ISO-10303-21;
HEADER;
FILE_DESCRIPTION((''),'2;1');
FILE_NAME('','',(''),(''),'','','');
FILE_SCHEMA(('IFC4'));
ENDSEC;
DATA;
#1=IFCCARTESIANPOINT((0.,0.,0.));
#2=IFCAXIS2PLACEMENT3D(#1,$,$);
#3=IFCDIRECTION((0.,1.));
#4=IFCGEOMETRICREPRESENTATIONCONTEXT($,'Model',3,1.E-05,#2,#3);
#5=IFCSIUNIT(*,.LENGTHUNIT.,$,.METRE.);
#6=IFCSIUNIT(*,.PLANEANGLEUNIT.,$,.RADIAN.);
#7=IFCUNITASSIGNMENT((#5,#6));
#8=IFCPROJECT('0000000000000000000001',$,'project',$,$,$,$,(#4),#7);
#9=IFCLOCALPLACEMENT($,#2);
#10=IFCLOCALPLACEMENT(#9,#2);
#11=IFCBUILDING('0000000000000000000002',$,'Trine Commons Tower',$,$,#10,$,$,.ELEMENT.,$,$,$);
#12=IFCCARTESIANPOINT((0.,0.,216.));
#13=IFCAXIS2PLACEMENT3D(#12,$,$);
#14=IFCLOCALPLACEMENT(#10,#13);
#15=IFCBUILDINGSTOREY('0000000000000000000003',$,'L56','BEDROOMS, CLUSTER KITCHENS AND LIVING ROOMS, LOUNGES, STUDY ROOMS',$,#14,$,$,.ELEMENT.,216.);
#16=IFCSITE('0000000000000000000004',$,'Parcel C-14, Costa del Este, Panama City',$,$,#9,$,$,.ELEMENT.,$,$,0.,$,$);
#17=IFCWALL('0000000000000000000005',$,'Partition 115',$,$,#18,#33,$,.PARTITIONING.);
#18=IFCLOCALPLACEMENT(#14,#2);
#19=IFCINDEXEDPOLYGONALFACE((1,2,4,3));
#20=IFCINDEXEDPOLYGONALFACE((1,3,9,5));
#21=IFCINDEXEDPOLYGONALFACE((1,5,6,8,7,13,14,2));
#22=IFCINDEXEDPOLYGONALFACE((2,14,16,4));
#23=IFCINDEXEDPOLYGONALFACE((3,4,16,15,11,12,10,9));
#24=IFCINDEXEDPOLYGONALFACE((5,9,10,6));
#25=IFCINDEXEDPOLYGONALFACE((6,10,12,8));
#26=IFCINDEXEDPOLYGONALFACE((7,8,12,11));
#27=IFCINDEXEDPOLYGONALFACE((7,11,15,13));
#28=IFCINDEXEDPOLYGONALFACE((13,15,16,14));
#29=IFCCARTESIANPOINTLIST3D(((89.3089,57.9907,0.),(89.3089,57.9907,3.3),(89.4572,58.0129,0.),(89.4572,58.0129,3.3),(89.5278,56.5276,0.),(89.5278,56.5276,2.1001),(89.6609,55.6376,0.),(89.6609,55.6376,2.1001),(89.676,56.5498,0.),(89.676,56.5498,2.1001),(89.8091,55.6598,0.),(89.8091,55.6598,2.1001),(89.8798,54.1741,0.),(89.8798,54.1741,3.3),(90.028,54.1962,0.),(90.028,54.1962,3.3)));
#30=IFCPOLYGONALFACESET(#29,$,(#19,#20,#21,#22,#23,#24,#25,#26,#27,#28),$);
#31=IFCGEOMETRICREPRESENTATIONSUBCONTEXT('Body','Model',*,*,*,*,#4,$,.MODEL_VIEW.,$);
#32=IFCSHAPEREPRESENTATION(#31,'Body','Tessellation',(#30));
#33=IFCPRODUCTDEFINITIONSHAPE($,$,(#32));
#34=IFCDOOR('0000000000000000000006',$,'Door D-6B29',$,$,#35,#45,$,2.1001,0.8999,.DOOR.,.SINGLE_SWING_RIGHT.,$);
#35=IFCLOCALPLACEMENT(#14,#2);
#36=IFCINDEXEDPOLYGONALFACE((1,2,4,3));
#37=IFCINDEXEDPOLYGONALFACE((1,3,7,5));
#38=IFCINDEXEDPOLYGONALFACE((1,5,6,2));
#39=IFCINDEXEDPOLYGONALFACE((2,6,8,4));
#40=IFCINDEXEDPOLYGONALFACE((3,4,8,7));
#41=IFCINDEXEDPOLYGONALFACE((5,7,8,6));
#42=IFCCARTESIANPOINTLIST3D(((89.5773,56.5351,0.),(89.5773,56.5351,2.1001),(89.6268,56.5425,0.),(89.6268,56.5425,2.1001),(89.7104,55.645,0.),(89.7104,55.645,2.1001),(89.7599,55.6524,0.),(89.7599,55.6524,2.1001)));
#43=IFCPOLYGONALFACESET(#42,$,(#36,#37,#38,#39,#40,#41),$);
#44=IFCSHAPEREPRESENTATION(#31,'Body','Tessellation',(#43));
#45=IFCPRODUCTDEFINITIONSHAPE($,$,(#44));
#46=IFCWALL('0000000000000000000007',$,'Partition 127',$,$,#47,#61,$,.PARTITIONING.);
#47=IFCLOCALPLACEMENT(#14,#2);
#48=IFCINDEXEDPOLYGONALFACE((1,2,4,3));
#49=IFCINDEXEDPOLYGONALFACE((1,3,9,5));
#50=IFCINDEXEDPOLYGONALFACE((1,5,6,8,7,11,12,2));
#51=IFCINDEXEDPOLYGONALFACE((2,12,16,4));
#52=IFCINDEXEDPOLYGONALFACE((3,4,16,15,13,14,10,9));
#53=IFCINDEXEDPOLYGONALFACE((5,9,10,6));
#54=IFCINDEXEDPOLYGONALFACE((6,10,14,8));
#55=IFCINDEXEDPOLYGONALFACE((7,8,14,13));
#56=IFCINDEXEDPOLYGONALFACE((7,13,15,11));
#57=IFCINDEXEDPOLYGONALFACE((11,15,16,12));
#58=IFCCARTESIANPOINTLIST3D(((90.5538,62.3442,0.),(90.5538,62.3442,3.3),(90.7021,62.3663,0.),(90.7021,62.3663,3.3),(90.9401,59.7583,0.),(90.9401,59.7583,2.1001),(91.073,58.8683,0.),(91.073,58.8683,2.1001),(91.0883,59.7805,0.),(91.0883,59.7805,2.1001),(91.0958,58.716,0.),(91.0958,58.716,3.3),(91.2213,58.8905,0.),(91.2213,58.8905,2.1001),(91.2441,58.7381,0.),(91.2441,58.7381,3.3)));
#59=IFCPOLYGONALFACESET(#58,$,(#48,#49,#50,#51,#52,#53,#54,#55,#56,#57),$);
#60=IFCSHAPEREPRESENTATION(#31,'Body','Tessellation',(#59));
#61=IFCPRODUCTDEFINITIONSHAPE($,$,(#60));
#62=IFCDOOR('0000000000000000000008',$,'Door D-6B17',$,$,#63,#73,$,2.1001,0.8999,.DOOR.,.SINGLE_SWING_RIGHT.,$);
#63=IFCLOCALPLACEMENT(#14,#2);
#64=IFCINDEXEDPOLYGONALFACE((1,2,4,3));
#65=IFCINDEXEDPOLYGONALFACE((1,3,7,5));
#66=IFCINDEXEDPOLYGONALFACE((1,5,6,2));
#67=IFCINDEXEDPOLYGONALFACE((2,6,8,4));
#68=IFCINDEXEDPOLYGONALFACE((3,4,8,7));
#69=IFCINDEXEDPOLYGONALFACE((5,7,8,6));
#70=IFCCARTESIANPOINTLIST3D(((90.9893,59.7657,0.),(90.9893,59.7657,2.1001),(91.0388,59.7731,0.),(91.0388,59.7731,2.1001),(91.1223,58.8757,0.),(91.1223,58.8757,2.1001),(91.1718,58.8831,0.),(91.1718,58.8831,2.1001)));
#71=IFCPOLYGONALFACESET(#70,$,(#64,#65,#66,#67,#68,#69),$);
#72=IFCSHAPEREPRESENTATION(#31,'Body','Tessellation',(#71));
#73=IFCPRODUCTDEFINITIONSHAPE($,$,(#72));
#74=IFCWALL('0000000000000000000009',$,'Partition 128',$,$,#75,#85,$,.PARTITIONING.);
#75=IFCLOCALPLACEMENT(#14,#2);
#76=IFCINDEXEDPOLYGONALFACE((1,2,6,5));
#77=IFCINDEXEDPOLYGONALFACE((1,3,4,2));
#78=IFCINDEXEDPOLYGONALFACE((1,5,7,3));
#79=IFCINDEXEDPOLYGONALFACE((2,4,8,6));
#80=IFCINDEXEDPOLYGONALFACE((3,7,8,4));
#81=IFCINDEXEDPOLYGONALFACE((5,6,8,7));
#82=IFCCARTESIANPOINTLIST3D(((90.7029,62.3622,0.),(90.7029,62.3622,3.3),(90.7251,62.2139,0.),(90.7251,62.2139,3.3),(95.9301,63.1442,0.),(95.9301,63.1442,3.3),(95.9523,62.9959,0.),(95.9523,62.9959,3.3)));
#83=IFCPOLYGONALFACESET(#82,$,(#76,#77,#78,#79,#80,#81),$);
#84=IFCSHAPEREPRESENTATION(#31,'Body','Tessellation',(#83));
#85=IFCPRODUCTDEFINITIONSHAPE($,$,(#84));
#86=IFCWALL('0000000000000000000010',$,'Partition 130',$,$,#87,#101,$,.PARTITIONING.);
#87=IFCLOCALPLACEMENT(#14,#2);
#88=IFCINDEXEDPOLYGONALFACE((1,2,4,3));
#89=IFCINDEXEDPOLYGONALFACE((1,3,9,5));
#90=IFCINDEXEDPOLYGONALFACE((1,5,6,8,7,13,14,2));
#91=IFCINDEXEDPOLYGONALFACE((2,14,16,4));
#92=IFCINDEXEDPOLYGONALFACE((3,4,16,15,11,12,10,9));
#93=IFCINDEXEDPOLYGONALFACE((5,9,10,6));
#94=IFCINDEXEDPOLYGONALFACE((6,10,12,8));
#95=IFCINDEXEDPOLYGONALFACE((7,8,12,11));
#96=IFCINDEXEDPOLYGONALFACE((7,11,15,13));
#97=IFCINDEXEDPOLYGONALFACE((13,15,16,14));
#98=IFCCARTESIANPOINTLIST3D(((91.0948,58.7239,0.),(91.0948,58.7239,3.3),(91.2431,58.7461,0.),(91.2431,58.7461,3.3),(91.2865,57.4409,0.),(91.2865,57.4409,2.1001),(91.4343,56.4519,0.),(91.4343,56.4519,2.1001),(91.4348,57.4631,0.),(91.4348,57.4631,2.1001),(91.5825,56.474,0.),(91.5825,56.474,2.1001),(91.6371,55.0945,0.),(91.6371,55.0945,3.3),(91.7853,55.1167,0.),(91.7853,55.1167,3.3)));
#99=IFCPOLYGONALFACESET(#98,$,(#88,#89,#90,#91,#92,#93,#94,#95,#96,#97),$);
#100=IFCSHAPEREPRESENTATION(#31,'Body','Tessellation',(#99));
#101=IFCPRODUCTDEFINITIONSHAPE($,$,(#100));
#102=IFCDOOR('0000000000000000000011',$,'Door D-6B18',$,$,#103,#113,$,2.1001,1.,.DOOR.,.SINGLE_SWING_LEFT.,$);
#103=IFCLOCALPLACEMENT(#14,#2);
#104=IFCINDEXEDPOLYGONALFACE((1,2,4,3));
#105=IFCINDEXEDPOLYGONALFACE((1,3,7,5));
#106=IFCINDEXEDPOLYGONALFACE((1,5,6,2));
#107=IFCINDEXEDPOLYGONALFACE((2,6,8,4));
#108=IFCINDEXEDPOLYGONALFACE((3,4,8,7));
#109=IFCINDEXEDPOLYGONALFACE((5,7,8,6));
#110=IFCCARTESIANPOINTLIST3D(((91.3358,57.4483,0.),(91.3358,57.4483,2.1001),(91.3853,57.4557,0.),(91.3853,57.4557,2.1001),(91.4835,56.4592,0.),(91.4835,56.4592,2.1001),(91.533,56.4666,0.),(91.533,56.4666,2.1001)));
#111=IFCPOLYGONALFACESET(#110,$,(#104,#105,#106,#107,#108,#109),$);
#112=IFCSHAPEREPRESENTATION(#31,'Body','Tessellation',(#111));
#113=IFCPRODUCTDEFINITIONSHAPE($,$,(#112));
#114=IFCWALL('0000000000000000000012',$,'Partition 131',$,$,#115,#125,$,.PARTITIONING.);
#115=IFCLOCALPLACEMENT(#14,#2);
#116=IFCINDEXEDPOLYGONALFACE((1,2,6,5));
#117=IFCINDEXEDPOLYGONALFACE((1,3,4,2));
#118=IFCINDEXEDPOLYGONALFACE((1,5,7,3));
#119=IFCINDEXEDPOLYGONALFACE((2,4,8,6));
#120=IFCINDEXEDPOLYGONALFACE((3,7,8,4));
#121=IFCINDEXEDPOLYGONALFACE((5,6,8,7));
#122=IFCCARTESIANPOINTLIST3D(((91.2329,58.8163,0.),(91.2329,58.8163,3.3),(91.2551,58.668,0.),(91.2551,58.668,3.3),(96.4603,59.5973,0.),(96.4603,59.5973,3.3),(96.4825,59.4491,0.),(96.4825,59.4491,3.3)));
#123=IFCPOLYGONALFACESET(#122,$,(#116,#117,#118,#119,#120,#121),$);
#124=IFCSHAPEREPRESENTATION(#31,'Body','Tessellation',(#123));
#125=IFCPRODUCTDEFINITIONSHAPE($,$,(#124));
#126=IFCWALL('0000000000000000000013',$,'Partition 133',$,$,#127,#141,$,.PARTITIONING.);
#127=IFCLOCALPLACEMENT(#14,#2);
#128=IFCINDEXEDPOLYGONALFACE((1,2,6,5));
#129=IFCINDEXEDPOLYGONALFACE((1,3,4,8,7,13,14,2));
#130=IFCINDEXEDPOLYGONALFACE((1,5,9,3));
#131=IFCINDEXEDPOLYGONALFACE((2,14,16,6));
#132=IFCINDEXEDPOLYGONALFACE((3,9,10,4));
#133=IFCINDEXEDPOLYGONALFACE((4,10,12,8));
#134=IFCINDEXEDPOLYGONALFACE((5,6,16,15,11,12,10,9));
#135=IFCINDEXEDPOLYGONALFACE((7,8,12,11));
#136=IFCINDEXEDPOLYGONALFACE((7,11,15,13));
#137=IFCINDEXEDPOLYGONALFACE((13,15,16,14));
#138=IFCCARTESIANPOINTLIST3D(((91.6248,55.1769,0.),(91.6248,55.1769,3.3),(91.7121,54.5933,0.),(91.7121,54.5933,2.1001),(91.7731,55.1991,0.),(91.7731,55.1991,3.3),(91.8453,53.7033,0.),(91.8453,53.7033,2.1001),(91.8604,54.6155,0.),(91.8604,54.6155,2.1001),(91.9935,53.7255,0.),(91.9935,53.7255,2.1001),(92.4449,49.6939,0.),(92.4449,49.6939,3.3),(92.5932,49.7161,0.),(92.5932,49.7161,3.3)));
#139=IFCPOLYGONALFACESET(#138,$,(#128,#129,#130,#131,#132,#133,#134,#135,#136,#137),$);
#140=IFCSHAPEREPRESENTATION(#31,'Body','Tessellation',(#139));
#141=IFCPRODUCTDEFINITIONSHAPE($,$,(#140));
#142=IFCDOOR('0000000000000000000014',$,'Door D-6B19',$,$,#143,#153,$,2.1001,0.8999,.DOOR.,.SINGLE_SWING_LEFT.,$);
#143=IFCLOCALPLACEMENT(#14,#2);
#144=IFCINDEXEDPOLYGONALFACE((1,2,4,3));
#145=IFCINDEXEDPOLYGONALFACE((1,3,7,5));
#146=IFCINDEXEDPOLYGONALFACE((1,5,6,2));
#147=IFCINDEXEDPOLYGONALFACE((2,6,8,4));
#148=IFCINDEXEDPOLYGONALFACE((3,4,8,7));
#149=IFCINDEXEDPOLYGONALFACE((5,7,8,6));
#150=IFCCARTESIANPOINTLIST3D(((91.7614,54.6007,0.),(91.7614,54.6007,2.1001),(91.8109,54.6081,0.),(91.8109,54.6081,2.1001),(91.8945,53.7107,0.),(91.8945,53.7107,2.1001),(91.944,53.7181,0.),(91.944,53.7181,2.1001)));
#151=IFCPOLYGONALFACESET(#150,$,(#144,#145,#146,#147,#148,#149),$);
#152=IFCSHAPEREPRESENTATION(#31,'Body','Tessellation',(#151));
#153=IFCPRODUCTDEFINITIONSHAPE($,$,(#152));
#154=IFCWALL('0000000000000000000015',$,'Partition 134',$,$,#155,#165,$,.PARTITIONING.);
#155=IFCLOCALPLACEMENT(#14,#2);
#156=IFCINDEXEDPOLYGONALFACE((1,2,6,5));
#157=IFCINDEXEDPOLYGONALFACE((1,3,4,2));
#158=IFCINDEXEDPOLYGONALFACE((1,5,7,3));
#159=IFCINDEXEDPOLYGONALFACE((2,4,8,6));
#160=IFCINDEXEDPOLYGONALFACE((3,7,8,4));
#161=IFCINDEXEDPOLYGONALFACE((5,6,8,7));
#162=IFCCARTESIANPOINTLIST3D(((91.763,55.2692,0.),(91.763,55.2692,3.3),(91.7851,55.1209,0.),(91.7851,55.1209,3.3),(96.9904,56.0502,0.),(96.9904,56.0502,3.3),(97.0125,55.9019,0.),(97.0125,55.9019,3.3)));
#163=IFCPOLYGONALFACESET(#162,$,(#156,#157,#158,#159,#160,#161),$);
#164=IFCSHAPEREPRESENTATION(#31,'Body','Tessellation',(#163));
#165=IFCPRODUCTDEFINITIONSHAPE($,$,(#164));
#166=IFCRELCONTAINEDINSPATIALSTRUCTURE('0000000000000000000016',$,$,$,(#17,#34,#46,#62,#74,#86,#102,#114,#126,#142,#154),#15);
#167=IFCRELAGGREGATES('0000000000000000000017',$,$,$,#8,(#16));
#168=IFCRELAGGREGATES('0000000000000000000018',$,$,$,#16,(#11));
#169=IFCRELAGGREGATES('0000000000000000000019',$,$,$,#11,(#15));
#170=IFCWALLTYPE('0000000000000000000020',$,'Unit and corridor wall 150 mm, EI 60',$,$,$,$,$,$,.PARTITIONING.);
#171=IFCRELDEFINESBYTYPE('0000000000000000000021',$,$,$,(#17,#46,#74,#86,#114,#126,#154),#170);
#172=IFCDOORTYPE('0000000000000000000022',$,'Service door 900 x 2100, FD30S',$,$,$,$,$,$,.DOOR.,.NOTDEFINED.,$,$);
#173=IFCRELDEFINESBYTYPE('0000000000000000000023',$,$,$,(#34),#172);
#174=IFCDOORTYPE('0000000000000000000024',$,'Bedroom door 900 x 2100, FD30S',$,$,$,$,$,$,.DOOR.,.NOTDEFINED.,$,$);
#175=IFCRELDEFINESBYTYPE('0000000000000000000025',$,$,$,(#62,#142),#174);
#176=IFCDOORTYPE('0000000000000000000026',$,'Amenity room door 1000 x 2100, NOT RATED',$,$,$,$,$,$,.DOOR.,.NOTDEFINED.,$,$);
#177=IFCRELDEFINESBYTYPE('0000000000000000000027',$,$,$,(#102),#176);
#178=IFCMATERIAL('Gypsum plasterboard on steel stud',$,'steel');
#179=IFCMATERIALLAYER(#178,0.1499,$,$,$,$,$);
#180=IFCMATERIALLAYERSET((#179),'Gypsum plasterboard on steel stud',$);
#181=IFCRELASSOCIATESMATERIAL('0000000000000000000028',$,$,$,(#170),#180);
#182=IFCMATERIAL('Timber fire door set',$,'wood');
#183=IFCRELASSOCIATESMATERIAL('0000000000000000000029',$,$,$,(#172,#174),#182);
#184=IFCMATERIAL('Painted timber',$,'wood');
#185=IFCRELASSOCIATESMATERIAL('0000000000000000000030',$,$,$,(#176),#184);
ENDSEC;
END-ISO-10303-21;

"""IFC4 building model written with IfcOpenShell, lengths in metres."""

from ifc_helpers import new_model, si_unit, direction, frame, frame_2d, origin, place, context, subcontext, project, spatial, rectangle, extrude, material, layer, layer_set, type_object, element, fill, save


model = new_model("IFC4")

# Units and contexts
model_context = context("Model", 3, precision=1e-05, world=origin(), true_north=direction((0.0, 1.0)))
body_context = subcontext(model_context, "Body", "Model", "MODEL_VIEW")
ifc_project = project(units=[si_unit("LENGTHUNIT", "METRE"), si_unit("PLANEANGLEUNIT", "RADIAN")], contexts=[model_context])

# Site, building, storey
site_placement = place(None, origin())
site = spatial("IfcSite", under=ifc_project, at=site_placement, Name="Parcel C-14, Costa del Este, Panama City", CompositionType="ELEMENT", RefElevation=0.0)
building_placement = place(site_placement, origin())
building = spatial("IfcBuilding", under=site, at=building_placement, Name="Trine Commons Tower", CompositionType="ELEMENT")
storey_placement = place(building_placement, frame((0.0, 0.0, 216.0)))
storey = spatial("IfcBuildingStorey", under=building, at=storey_placement, Name="L56", Description="BEDROOMS, CLUSTER KITCHENS AND LIVING ROOMS, LOUNGES, STUDY ROOMS", CompositionType="ELEMENT", Elevation=216.0)

# Shared definitions
ifc_material_1 = material(Name="Gypsum plasterboard on steel stud", Category="steel")
ifc_layer_1 = layer(ifc_material_1, 0.1499)
ifc_layer_set_1 = layer_set([ifc_layer_1], Name="Gypsum plasterboard on steel stud")
wall_type_1 = type_object("IfcWallType", Name="Unit and corridor wall 150 mm, EI 60", PredefinedType="PARTITIONING", material=ifc_layer_set_1)

# Walls, openings, doors
wall_1_placement = place(storey_placement, frame((89.3831, 58.002, 0.0), z_axis=(0.0, 0.0, 1.0), x_axis=(0.14791, -0.989001, 0.0)))
wall_1 = element("IfcWall", 1, at=wall_1_placement, inside=storey, type_object=wall_type_1, Name="Partition 115", PredefinedType="PARTITIONING", context=body_context, shape_type="SweptSolid", body=[
    extrude(rectangle(XDim=3.8591, YDim=0.1499, at=frame_2d((1.9297, 0.0))), origin(), (0.0, 0.0, 1.0), 3.3),
])
opening_1_placement = place(wall_1_placement, frame((1.4795, 0.0, 0.0)))
opening_1 = element("IfcOpeningElement", 2, at=opening_1_placement, cuts=wall_1, PredefinedType="OPENING", context=body_context, shape_type="SweptSolid", body=[
    extrude(rectangle(XDim=0.8999, YDim=2.1001, at=frame_2d((0.45, 1.05))), frame((0.0, 0.085, 0.0), z_axis=(0.0, -1.0, 0.0), x_axis=(1.0, 0.0, 0.0)), (0.0, 0.0, 1.0), 0.1699),
])
ifc_material_2 = material(Name="Timber fire door set", Category="wood")
door_type_1 = type_object("IfcDoorType", Name="Service door 900 x 2100, FD30S", OperationType="NOTDEFINED", PredefinedType="DOOR", material=ifc_material_2)
door_1_placement = place(opening_1_placement, frame((0.8999, 0.0, 0.0), z_axis=(0.0, 0.0, 1.0), x_axis=(-1.0, 0.0, 0.0)))
door_1 = element("IfcDoor", 3, at=door_1_placement, inside=storey, type_object=door_type_1, Name="Door D-6B29", OperationType="SINGLE_SWING_RIGHT", OverallHeight=2.1001, OverallWidth=0.8999, PredefinedType="DOOR", context=body_context, shape_type="SweptSolid", body=[
    extrude(rectangle(XDim=0.8999, YDim=2.1001, at=frame_2d((0.45, 1.05))), frame((0.0, 0.0249, 0.0), z_axis=(0.0, -1.0, 0.0), x_axis=(1.0, 0.0, 0.0)), (0.0, 0.0, 1.0), 0.05),
])
fill(opening_1, door_1)
wall_2_placement = place(storey_placement, frame((90.6279, 62.3552, 0.0), z_axis=(0.0, 0.0, 1.0), x_axis=(0.147745, -0.989026, 0.0)))
wall_2 = element("IfcWall", 4, at=wall_2_placement, inside=storey, type_object=wall_type_1, Name="Partition 127", PredefinedType="PARTITIONING", context=body_context, shape_type="SweptSolid", body=[
    extrude(rectangle(XDim=3.6685, YDim=0.1499, at=frame_2d((1.8342, 0.0))), origin(), (0.0, 0.0, 1.0), 3.3),
])
opening_2_placement = place(wall_2_placement, frame((2.6145, 0.0, 0.0)))
opening_2 = element("IfcOpeningElement", 5, at=opening_2_placement, cuts=wall_2, PredefinedType="OPENING", context=body_context, shape_type="SweptSolid", body=[
    extrude(rectangle(XDim=0.8999, YDim=2.1001, at=frame_2d((0.45, 1.05))), frame((0.0, 0.085, 0.0), z_axis=(0.0, -1.0, 0.0), x_axis=(1.0, 0.0, 0.0)), (0.0, 0.0, 1.0), 0.1699),
])
door_type_2 = type_object("IfcDoorType", Name="Bedroom door 900 x 2100, FD30S", OperationType="NOTDEFINED", PredefinedType="DOOR", material=ifc_material_2)
door_2_placement = place(opening_2_placement, origin())
door_2 = element("IfcDoor", 6, at=door_2_placement, inside=storey, type_object=door_type_2, Name="Door D-6B17", OperationType="SINGLE_SWING_RIGHT", OverallHeight=2.1001, OverallWidth=0.8999, PredefinedType="DOOR", context=body_context, shape_type="SweptSolid", body=[
    extrude(rectangle(XDim=0.8999, YDim=2.1001, at=frame_2d((0.45, 1.05))), frame((0.0, 0.0249, 0.0), z_axis=(0.0, -1.0, 0.0), x_axis=(1.0, 0.0, 0.0)), (0.0, 0.0, 1.0), 0.05),
])
fill(opening_2, door_2)

# Wall
wall_3_placement = place(storey_placement, frame((90.7141, 62.2881, 0.0), z_axis=(0.0, 0.0, 1.0), x_axis=(0.988995, 0.14795, 0.0)))
element("IfcWall", 7, at=wall_3_placement, inside=storey, type_object=wall_type_1, Name="Partition 128", PredefinedType="PARTITIONING", context=body_context, shape_type="SweptSolid", body=[
    extrude(rectangle(XDim=5.2854, YDim=0.1499, at=frame_2d((2.6426, 0.0))), origin(), (0.0, 0.0, 1.0), 3.3),
])

# Wall, opening, door
wall_4_placement = place(storey_placement, frame((91.1689, 58.7351, 0.0), z_axis=(0.0, 0.0, 1.0), x_axis=(0.147761, -0.989023, 0.0)))
wall_4 = element("IfcWall", 8, at=wall_4_placement, inside=storey, type_object=wall_type_1, Name="Partition 130", PredefinedType="PARTITIONING", context=body_context, shape_type="SweptSolid", body=[
    extrude(rectangle(XDim=3.6697, YDim=0.1499, at=frame_2d((1.835, 0.0))), origin(), (0.0, 0.0, 1.0), 3.3),
])
opening_3_placement = place(wall_4_placement, frame((1.2974, 0.0, 0.0)))
opening_3 = element("IfcOpeningElement", 9, at=opening_3_placement, cuts=wall_4, PredefinedType="OPENING", context=body_context, shape_type="SweptSolid", body=[
    extrude(rectangle(XDim=1.0, YDim=2.1001, at=frame_2d((0.5, 1.05))), frame((0.0, 0.085, 0.0), z_axis=(0.0, -1.0, 0.0), x_axis=(1.0, 0.0, 0.0)), (0.0, 0.0, 1.0), 0.1699),
])
ifc_material_3 = material(Name="Painted timber", Category="wood")
door_type_3 = type_object("IfcDoorType", Name="Amenity room door 1000 x 2100, NOT RATED", OperationType="NOTDEFINED", PredefinedType="DOOR", material=ifc_material_3)
door_3_placement = place(opening_3_placement, origin())
door_3 = element("IfcDoor", 10, at=door_3_placement, inside=storey, type_object=door_type_3, Name="Door D-6B18", OperationType="SINGLE_SWING_LEFT", OverallHeight=2.1001, OverallWidth=1.0, PredefinedType="DOOR", context=body_context, shape_type="SweptSolid", body=[
    extrude(rectangle(XDim=1.0, YDim=2.1001, at=frame_2d((0.5, 1.05))), frame((0.0, 0.0249, 0.0), z_axis=(0.0, -1.0, 0.0), x_axis=(1.0, 0.0, 0.0)), (0.0, 0.0, 1.0), 0.05),
])
fill(opening_3, door_3)

# Wall
wall_5_placement = place(storey_placement, frame((91.2441, 58.7422, 0.0), z_axis=(0.0, 0.0, 1.0), x_axis=(0.989022, 0.147769, 0.0)))
element("IfcWall", 11, at=wall_5_placement, inside=storey, type_object=wall_type_1, Name="Partition 131", PredefinedType="PARTITIONING", context=body_context, shape_type="SweptSolid", body=[
    extrude(rectangle(XDim=5.2854, YDim=0.1499, at=frame_2d((2.6426, 0.0))), origin(), (0.0, 0.0, 1.0), 3.3),
])

# Wall, opening, door
wall_6_placement = place(storey_placement, frame((91.699, 55.188, 0.0), z_axis=(0.0, 0.0, 1.0), x_axis=(0.147923, -0.988999, 0.0)))
wall_6 = element("IfcWall", 12, at=wall_6_placement, inside=storey, type_object=wall_type_1, Name="Partition 133", PredefinedType="PARTITIONING", context=body_context, shape_type="SweptSolid", body=[
    extrude(rectangle(XDim=5.5439, YDim=0.1499, at=frame_2d((2.772, 0.0))), origin(), (0.0, 0.0, 1.0), 3.3),
])
opening_4_placement = place(wall_6_placement, frame((0.5901, 0.0, 0.0)))
opening_4 = element("IfcOpeningElement", 13, at=opening_4_placement, cuts=wall_6, PredefinedType="OPENING", context=body_context, shape_type="SweptSolid", body=[
    extrude(rectangle(XDim=0.8999, YDim=2.1001, at=frame_2d((0.45, 1.05))), frame((0.0, 0.085, 0.0), z_axis=(0.0, -1.0, 0.0), x_axis=(1.0, 0.0, 0.0)), (0.0, 0.0, 1.0), 0.1699),
])
door_4_placement = place(opening_4_placement, origin())
door_4 = element("IfcDoor", 14, at=door_4_placement, inside=storey, type_object=door_type_2, Name="Door D-6B19", OperationType="SINGLE_SWING_LEFT", OverallHeight=2.1001, OverallWidth=0.8999, PredefinedType="DOOR", context=body_context, shape_type="SweptSolid", body=[
    extrude(rectangle(XDim=0.8999, YDim=2.1001, at=frame_2d((0.45, 1.05))), frame((0.0, 0.0249, 0.0), z_axis=(0.0, -1.0, 0.0), x_axis=(1.0, 0.0, 0.0)), (0.0, 0.0, 1.0), 0.05),
])
fill(opening_4, door_4)

# Wall
wall_7_placement = place(storey_placement, frame((91.7742, 55.1951, 0.0), z_axis=(0.0, 0.0, 1.0), x_axis=(0.989022, 0.147769, 0.0)))
element("IfcWall", 15, at=wall_7_placement, inside=storey, type_object=wall_type_1, Name="Partition 134", PredefinedType="PARTITIONING", context=body_context, shape_type="SweptSolid", body=[
    extrude(rectangle(XDim=5.2854, YDim=0.1499, at=frame_2d((2.6426, 0.0))), origin(), (0.0, 0.0, 1.0), 3.3),
])

save(model, "model.ifc")
